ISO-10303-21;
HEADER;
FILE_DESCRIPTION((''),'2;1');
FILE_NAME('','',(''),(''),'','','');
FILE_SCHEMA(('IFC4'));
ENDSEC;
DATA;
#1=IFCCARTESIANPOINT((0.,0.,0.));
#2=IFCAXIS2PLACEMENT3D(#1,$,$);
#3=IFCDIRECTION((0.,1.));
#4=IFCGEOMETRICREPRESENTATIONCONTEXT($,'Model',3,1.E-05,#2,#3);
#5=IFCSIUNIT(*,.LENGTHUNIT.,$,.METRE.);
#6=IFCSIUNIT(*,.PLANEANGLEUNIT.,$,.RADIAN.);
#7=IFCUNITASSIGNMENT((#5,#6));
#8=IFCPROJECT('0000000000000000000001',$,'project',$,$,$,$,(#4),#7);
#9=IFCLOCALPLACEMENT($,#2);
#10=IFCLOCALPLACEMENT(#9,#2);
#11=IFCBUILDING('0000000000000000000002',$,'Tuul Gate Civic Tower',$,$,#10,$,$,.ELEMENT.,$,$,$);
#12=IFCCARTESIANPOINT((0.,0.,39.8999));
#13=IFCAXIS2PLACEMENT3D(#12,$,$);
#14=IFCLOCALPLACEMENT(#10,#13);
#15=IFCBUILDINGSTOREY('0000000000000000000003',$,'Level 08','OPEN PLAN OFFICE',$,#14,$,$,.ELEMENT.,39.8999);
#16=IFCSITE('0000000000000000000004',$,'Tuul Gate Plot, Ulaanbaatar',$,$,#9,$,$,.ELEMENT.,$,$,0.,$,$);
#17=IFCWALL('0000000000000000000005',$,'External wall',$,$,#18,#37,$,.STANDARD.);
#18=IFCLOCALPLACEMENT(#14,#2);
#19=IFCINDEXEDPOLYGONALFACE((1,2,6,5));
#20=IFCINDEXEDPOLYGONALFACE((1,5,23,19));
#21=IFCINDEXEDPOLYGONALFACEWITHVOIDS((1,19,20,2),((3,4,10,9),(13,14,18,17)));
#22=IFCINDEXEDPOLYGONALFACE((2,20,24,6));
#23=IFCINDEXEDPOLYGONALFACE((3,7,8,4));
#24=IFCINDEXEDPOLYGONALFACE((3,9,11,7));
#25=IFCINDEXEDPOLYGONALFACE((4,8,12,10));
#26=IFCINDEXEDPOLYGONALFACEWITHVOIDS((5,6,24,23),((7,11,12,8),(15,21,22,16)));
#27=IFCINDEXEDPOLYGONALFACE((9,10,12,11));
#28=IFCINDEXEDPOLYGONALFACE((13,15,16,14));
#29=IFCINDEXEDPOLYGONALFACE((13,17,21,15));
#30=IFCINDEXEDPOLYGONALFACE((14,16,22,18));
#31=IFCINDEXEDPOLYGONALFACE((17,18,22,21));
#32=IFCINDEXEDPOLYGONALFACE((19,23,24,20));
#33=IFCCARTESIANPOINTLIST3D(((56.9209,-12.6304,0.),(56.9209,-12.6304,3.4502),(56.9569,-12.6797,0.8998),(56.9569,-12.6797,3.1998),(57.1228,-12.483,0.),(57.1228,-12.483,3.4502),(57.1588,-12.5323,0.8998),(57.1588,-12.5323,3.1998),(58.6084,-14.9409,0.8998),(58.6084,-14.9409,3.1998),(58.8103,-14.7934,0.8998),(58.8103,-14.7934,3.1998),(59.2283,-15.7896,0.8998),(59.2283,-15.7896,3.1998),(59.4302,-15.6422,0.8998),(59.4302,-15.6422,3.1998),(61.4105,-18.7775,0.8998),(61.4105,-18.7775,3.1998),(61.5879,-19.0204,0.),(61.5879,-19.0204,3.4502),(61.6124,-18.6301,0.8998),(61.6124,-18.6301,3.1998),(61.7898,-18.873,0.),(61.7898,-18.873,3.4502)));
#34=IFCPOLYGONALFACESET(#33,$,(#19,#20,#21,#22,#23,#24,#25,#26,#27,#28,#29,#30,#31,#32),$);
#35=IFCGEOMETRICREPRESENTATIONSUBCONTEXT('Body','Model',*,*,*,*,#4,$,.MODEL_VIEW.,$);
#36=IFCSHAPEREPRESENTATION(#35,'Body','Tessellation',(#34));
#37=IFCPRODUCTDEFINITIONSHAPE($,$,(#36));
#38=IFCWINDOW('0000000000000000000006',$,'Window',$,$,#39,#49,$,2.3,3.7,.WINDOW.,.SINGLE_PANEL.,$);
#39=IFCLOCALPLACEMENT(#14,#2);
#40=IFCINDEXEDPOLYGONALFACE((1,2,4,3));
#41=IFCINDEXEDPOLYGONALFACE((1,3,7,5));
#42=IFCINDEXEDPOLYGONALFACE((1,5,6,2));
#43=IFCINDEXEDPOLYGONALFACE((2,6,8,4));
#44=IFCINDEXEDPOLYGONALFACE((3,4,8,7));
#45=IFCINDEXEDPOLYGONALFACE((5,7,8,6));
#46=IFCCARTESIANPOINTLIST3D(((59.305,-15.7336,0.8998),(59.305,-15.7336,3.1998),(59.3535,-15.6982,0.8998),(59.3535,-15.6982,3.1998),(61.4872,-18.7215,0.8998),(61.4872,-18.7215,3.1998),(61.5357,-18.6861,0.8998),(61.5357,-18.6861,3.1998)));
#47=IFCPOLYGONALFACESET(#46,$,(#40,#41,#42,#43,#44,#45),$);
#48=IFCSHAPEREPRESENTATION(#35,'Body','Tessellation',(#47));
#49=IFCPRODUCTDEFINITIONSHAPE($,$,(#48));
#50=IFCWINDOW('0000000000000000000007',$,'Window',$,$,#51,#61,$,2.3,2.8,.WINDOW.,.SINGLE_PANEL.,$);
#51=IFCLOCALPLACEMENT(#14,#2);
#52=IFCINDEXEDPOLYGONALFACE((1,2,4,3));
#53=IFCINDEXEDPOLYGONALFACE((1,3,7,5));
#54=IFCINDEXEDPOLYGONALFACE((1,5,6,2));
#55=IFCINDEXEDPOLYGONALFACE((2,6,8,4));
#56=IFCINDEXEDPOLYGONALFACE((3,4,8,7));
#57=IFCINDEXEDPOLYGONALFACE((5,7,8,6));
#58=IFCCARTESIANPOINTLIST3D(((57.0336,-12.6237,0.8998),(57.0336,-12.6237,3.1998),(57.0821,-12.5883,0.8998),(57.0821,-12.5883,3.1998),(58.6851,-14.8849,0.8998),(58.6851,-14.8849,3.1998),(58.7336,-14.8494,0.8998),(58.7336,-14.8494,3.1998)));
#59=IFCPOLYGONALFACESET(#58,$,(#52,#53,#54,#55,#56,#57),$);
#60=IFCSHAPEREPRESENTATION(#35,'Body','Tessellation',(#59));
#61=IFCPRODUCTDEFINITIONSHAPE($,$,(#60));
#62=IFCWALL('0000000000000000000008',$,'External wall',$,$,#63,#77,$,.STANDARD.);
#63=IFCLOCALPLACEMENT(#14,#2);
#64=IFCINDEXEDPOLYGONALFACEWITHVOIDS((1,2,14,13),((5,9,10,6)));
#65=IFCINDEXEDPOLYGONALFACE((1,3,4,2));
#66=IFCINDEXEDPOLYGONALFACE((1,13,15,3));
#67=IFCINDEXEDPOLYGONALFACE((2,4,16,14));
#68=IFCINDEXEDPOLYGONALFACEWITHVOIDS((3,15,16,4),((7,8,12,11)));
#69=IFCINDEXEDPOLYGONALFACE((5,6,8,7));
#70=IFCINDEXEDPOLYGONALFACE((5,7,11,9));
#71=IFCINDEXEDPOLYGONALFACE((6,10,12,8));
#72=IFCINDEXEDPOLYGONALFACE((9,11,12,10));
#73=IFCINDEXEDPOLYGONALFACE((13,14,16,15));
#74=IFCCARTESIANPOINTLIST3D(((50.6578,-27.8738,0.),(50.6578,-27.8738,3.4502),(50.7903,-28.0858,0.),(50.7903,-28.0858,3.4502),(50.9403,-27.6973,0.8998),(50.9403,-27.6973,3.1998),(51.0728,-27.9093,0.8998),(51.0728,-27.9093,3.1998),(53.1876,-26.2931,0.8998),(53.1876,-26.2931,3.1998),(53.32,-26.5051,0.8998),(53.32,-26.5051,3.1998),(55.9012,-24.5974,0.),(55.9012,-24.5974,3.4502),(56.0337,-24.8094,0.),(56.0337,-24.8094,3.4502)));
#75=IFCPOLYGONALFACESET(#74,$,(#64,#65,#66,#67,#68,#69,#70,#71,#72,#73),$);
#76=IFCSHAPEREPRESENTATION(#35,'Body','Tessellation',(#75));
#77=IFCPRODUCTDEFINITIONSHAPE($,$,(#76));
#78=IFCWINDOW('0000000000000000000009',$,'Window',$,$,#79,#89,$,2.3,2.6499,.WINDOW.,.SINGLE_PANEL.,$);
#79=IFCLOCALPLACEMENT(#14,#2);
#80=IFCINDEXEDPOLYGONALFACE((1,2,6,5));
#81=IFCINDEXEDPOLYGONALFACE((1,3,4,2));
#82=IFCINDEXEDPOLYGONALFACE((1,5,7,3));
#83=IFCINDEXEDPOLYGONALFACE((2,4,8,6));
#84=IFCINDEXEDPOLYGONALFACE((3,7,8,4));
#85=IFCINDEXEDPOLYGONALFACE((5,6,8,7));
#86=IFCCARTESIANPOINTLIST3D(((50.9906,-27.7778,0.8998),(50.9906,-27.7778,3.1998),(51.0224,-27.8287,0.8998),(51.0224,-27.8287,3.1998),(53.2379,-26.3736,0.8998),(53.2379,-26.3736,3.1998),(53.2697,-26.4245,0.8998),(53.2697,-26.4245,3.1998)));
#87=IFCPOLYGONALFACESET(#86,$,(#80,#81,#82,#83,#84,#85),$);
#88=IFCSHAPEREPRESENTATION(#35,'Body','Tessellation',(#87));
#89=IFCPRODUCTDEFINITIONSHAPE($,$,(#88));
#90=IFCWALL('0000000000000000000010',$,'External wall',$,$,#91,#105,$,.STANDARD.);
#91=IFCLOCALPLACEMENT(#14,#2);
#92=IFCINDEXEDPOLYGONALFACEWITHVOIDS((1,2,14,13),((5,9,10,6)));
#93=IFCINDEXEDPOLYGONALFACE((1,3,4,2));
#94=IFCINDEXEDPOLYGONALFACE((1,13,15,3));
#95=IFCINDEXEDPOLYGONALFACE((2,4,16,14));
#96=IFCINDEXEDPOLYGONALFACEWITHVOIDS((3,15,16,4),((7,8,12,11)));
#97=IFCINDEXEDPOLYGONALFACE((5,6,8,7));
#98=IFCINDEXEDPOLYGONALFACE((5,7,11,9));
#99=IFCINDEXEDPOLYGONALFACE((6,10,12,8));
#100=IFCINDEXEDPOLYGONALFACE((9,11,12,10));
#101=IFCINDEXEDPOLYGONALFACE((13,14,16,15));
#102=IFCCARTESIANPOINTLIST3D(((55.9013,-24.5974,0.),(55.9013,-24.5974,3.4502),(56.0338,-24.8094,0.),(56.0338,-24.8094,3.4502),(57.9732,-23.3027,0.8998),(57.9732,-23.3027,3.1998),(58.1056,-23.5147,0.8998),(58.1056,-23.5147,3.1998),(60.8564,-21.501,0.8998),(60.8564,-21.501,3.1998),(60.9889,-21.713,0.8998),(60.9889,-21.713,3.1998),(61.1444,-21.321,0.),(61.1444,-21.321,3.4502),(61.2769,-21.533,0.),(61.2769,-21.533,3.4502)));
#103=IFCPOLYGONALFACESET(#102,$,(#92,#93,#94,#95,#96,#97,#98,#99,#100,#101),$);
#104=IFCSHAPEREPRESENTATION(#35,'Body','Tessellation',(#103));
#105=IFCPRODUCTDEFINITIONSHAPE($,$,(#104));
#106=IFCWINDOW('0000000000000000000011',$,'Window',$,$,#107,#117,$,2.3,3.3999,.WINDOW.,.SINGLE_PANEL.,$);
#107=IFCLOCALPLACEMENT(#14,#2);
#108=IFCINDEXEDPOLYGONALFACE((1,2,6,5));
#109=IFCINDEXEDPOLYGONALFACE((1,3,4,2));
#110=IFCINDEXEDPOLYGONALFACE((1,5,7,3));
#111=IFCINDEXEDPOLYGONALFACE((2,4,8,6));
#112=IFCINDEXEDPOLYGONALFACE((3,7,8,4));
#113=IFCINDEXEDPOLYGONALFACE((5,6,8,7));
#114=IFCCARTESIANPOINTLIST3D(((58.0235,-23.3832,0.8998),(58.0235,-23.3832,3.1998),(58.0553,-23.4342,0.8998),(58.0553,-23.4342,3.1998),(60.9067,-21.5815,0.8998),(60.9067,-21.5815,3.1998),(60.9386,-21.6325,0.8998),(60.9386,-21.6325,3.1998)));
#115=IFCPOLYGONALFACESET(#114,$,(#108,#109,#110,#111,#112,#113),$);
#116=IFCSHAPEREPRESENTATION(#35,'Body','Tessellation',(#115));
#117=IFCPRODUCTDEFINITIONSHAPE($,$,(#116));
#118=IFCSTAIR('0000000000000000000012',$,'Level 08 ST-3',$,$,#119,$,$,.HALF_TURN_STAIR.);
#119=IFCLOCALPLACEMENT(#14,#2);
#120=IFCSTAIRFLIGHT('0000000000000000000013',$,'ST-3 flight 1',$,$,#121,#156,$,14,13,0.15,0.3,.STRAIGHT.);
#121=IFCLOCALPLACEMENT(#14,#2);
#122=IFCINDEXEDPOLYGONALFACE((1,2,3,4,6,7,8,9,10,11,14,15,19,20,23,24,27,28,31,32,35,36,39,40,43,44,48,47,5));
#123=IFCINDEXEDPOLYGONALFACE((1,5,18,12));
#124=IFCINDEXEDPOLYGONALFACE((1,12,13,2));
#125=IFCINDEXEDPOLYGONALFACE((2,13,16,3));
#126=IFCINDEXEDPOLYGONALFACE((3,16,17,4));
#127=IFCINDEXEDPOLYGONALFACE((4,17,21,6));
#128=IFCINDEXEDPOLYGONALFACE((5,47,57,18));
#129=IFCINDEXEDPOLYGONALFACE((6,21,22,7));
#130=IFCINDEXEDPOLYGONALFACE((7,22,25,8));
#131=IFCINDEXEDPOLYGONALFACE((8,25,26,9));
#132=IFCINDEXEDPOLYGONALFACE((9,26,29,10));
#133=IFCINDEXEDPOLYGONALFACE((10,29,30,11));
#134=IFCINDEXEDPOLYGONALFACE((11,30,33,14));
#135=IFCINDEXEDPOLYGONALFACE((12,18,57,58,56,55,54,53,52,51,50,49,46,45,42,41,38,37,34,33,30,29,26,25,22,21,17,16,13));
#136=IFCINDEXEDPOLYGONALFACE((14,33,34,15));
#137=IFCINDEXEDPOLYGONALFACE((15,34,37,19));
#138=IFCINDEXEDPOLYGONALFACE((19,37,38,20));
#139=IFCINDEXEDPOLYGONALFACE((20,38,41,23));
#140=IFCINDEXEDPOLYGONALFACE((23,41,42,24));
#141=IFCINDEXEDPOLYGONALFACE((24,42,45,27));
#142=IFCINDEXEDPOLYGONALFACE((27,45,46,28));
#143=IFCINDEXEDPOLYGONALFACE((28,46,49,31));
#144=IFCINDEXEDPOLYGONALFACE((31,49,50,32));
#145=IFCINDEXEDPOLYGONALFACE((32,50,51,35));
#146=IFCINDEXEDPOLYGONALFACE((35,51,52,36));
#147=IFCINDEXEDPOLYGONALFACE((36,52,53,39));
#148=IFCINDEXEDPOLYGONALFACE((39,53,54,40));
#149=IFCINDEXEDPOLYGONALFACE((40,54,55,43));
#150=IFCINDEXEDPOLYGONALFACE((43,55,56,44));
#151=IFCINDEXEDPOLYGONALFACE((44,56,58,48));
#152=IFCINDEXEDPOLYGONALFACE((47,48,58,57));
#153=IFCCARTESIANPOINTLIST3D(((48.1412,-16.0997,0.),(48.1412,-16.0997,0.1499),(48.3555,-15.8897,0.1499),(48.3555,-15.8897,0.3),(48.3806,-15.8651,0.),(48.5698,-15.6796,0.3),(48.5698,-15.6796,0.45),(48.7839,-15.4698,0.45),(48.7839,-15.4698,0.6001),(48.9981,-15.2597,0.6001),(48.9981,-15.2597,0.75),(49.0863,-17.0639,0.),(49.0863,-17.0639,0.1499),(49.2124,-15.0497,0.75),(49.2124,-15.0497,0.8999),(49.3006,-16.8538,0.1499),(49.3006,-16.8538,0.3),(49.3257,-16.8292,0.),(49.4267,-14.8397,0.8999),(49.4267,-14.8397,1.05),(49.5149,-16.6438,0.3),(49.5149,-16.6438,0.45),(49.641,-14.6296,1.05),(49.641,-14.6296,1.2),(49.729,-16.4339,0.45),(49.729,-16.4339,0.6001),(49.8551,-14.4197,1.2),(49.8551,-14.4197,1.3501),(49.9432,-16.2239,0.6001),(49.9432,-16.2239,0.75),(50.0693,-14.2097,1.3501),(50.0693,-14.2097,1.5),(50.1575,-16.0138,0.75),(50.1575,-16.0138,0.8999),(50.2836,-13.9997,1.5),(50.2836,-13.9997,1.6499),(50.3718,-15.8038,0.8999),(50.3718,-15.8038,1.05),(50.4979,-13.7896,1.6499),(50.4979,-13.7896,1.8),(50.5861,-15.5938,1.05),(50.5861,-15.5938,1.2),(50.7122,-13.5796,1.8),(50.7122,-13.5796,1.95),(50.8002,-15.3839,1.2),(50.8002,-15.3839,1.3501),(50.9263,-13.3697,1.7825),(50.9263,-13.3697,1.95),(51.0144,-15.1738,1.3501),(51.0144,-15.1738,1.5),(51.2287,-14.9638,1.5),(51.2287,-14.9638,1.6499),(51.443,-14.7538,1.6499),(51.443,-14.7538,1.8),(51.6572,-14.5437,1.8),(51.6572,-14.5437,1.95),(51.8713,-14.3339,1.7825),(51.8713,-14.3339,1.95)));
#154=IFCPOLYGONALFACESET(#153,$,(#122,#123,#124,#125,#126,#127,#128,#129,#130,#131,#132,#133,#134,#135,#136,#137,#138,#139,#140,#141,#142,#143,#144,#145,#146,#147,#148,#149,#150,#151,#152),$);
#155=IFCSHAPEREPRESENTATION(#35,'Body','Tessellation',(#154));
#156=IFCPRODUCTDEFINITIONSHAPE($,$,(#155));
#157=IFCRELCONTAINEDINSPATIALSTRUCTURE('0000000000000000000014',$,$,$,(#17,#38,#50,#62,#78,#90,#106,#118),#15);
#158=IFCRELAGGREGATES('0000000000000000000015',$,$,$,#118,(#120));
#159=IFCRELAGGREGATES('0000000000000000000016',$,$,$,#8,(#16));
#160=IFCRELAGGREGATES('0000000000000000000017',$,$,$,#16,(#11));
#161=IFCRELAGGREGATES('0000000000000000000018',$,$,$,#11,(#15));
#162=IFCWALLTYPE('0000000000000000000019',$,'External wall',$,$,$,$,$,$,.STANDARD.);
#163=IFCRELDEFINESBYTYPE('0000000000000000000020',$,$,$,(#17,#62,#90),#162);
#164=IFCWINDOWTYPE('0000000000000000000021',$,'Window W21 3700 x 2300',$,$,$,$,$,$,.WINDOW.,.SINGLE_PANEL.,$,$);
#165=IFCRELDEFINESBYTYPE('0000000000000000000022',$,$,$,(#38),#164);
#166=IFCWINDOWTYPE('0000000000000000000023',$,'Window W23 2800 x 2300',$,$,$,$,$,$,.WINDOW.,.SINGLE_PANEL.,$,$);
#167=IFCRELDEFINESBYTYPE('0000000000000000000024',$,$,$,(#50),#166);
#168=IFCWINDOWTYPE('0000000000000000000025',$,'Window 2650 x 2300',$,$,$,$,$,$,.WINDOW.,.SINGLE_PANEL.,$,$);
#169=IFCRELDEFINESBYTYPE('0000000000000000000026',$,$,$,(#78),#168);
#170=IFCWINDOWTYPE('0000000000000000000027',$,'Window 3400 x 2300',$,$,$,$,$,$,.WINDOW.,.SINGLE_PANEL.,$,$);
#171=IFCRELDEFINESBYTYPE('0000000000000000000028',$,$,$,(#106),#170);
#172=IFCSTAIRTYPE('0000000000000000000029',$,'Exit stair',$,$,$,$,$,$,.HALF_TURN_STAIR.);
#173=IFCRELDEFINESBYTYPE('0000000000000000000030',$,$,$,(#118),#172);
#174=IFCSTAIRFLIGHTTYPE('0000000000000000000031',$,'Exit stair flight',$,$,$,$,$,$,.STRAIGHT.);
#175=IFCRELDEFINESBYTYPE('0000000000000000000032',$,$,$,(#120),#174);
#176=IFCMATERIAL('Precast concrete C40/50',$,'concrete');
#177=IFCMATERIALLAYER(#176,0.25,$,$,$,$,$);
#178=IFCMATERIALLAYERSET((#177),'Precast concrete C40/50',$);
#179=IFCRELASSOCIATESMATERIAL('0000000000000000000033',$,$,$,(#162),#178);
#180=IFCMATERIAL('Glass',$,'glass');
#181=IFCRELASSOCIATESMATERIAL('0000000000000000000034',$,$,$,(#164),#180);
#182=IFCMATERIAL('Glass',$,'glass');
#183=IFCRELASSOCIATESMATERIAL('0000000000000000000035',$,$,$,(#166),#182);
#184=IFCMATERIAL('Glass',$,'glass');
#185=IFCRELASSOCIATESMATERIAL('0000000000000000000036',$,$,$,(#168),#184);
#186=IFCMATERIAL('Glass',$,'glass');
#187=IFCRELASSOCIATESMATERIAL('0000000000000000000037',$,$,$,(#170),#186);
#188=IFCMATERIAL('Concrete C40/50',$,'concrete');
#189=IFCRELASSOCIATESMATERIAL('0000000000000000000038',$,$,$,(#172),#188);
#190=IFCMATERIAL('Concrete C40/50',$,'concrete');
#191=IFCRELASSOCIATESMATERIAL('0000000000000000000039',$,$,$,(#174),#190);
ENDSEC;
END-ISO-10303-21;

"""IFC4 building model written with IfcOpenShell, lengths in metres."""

from ifc_helpers import new_model, si_unit, direction, frame, frame_2d, origin, place, context, subcontext, project, spatial, polyline, rectangle, outline, extrude, material, layer, layer_set, type_object, element, fill, aggregate, save


model = new_model("IFC4")

# Units and contexts
model_context = context("Model", 3, precision=1e-05, world=origin(), true_north=direction((0.0, 1.0)))
body_context = subcontext(model_context, "Body", "Model", "MODEL_VIEW")
ifc_project = project(units=[si_unit("LENGTHUNIT", "METRE"), si_unit("PLANEANGLEUNIT", "RADIAN")], contexts=[model_context])

# Site, building, storey
site_placement = place(None, origin())
site = spatial("IfcSite", under=ifc_project, at=site_placement, Name="Tuul Gate Plot, Ulaanbaatar", CompositionType="ELEMENT", RefElevation=0.0)
building_placement = place(site_placement, origin())
building = spatial("IfcBuilding", under=site, at=building_placement, Name="Tuul Gate Civic Tower", CompositionType="ELEMENT")
storey_placement = place(building_placement, frame((0.0, 0.0, 39.8999)))
storey = spatial("IfcBuildingStorey", under=building, at=storey_placement, Name="Level 08", Description="OPEN PLAN OFFICE", CompositionType="ELEMENT", Elevation=39.8999)

# Shared definitions
ifc_material_1 = material(Name="Precast concrete C40/50", Category="concrete")
ifc_layer_1 = layer(ifc_material_1, 0.25)
ifc_layer_set_1 = layer_set([ifc_layer_1], Name="Precast concrete C40/50")
wall_type_1 = type_object("IfcWallType", Name="External wall", PredefinedType="STANDARD", material=ifc_layer_set_1)

# Wall, openings, windows
wall_1_placement = place(storey_placement, frame((61.689, -18.9468, 0.0), z_axis=(0.0, 0.0, 1.0), x_axis=(-0.589807, 0.807544, 0.0)))
wall_1 = element("IfcWall", 1, at=wall_1_placement, inside=storey, type_object=wall_type_1, Name="External wall", PredefinedType="STANDARD", context=body_context, shape_type="SweptSolid", body=[
    extrude(rectangle(XDim=7.9128, YDim=0.25, at=frame_2d((3.9565, 0.0))), origin(), (0.0, 0.0, 1.0), 3.4502),
])
opening_1_placement = place(wall_1_placement, frame((0.3008, 0.0, 0.8999)))
opening_1 = element("IfcOpeningElement", 2, at=opening_1_placement, cuts=wall_1, PredefinedType="OPENING", context=body_context, shape_type="SweptSolid", body=[
    extrude(rectangle(XDim=3.7, YDim=2.3, at=frame_2d((1.8501, 1.1499))), frame((0.0, 0.135, 0.0), z_axis=(0.0, -1.0, 0.0), x_axis=(1.0, 0.0, 0.0)), (0.0, 0.0, 1.0), 0.27),
])
opening_2_placement = place(wall_1_placement, frame((5.052, 0.0, 0.8999)))
opening_2 = element("IfcOpeningElement", 3, at=opening_2_placement, cuts=wall_1, PredefinedType="OPENING", context=body_context, shape_type="SweptSolid", body=[
    extrude(rectangle(XDim=2.8, YDim=2.3, at=frame_2d((1.3999, 1.1499))), frame((0.0, 0.135, 0.0), z_axis=(0.0, -1.0, 0.0), x_axis=(1.0, 0.0, 0.0)), (0.0, 0.0, 1.0), 0.27),
])
ifc_material_2 = material(Name="Glass", Category="glass")
window_type_1 = type_object("IfcWindowType", Name="Window W21 3700 x 2300", PartitioningType="SINGLE_PANEL", PredefinedType="WINDOW", material=ifc_material_2)
window_1_placement = place(opening_1_placement, origin())
window_1 = element("IfcWindow", 4, at=window_1_placement, inside=storey, type_object=window_type_1, Name="Window", OverallHeight=2.3, OverallWidth=3.7, PartitioningType="SINGLE_PANEL", PredefinedType="WINDOW", context=body_context, shape_type="SweptSolid", body=[
    extrude(rectangle(XDim=3.7, YDim=2.3, at=frame_2d((1.8501, 1.1499))), frame((0.0, 0.03, 0.0), z_axis=(0.0, -1.0, 0.0), x_axis=(1.0, 0.0, 0.0)), (0.0, 0.0, 1.0), 0.0601),
])
fill(opening_1, window_1)
ifc_material_3 = material(Name="Glass", Category="glass")
window_type_2 = type_object("IfcWindowType", Name="Window W23 2800 x 2300", PartitioningType="SINGLE_PANEL", PredefinedType="WINDOW", material=ifc_material_3)
window_2_placement = place(opening_2_placement, origin())
window_2 = element("IfcWindow", 5, at=window_2_placement, inside=storey, type_object=window_type_2, Name="Window", OverallHeight=2.3, OverallWidth=2.8, PartitioningType="SINGLE_PANEL", PredefinedType="WINDOW", context=body_context, shape_type="SweptSolid", body=[
    extrude(rectangle(XDim=2.8, YDim=2.3, at=frame_2d((1.3999, 1.1499))), frame((0.0, 0.03, 0.0), z_axis=(0.0, -1.0, 0.0), x_axis=(1.0, 0.0, 0.0)), (0.0, 0.0, 1.0), 0.0601),
])
fill(opening_2, window_2)

# Walls, openings, windows
wall_2_placement = place(storey_placement, frame((50.7241, -27.9797, 0.0), z_axis=(0.0, 0.0, 1.0), x_axis=(0.848054, 0.52991, 0.0)))
wall_2 = element("IfcWall", 6, at=wall_2_placement, inside=storey, type_object=wall_type_1, Name="External wall", PredefinedType="STANDARD", context=body_context, shape_type="SweptSolid", body=[
    extrude(rectangle(XDim=6.1829, YDim=0.25, at=frame_2d((3.0913, 0.0))), origin(), (0.0, 0.0, 1.0), 3.4502),
])
opening_3_placement = place(wall_2_placement, frame((0.333, 0.0, 0.8999)))
opening_3 = element("IfcOpeningElement", 7, at=opening_3_placement, cuts=wall_2, PredefinedType="OPENING", context=body_context, shape_type="SweptSolid", body=[
    extrude(rectangle(XDim=2.6499, YDim=2.3, at=frame_2d((1.325, 1.1499))), frame((0.0, 0.135, 0.0), z_axis=(0.0, -1.0, 0.0), x_axis=(1.0, 0.0, 0.0)), (0.0, 0.0, 1.0), 0.27),
])
ifc_material_4 = material(Name="Glass", Category="glass")
window_type_3 = type_object("IfcWindowType", Name="Window 2650 x 2300", PartitioningType="SINGLE_PANEL", PredefinedType="WINDOW", material=ifc_material_4)
window_3_placement = place(opening_3_placement, origin())
window_3 = element("IfcWindow", 8, at=window_3_placement, inside=storey, type_object=window_type_3, Name="Window", OverallHeight=2.3, OverallWidth=2.6499, PartitioningType="SINGLE_PANEL", PredefinedType="WINDOW", context=body_context, shape_type="SweptSolid", body=[
    extrude(rectangle(XDim=2.6499, YDim=2.3, at=frame_2d((1.325, 1.1499))), frame((0.0, 0.03, 0.0), z_axis=(0.0, -1.0, 0.0), x_axis=(1.0, 0.0, 0.0)), (0.0, 0.0, 1.0), 0.0601),
])
fill(opening_3, window_3)
wall_3_placement = place(storey_placement, frame((55.9675, -24.7034, 0.0), z_axis=(0.0, 0.0, 1.0), x_axis=(0.848043, 0.529928, 0.0)))
wall_3 = element("IfcWall", 9, at=wall_3_placement, inside=storey, type_object=wall_type_1, Name="External wall", PredefinedType="STANDARD", context=body_context, shape_type="SweptSolid", body=[
    extrude(rectangle(XDim=6.1826, YDim=0.25, at=frame_2d((3.0913, 0.0))), origin(), (0.0, 0.0, 1.0), 3.4502),
])
opening_4_placement = place(wall_3_placement, frame((2.4431, 0.0, 0.8999)))
opening_4 = element("IfcOpeningElement", 10, at=opening_4_placement, cuts=wall_3, PredefinedType="OPENING", context=body_context, shape_type="SweptSolid", body=[
    extrude(rectangle(XDim=3.3999, YDim=2.3, at=frame_2d((1.7, 1.1499))), frame((0.0, 0.135, 0.0), z_axis=(0.0, -1.0, 0.0), x_axis=(1.0, 0.0, 0.0)), (0.0, 0.0, 1.0), 0.27),
])
ifc_material_5 = material(Name="Glass", Category="glass")
window_type_4 = type_object("IfcWindowType", Name="Window 3400 x 2300", PartitioningType="SINGLE_PANEL", PredefinedType="WINDOW", material=ifc_material_5)
window_4_placement = place(opening_4_placement, origin())
window_4 = element("IfcWindow", 11, at=window_4_placement, inside=storey, type_object=window_type_4, Name="Window", OverallHeight=2.3, OverallWidth=3.3999, PartitioningType="SINGLE_PANEL", PredefinedType="WINDOW", context=body_context, shape_type="SweptSolid", body=[
    extrude(rectangle(XDim=3.3999, YDim=2.3, at=frame_2d((1.7, 1.1499))), frame((0.0, 0.03, 0.0), z_axis=(0.0, -1.0, 0.0), x_axis=(1.0, 0.0, 0.0)), (0.0, 0.0, 1.0), 0.0601),
])
fill(opening_4, window_4)

# Stair, stair flight
ifc_material_6 = material(Name="Concrete C40/50", Category="concrete")
stair_type = type_object("IfcStairType", Name="Exit stair", PredefinedType="HALF_TURN_STAIR", material=ifc_material_6)
stair_placement = place(storey_placement, origin())
stair = element("IfcStair", 12, at=stair_placement, inside=storey, type_object=stair_type, Name="Level 08 ST-3", PredefinedType="HALF_TURN_STAIR")
ifc_material_7 = material(Name="Concrete C40/50", Category="concrete")
stair_flight_type = type_object("IfcStairFlightType", Name="Exit stair flight", PredefinedType="STRAIGHT", material=ifc_material_7)
stair_flight_1_placement = place(storey_placement, frame((48.6138, -16.5818, 0.0), z_axis=(0.0, 0.0, 1.0), x_axis=(0.714127, 0.700016, 0.0)))
stair_flight_1 = element("IfcStairFlight", 13, at=stair_flight_1_placement, type_object=stair_flight_type, Name="ST-3 flight 1", NumberOfRisers=14, NumberOfTreads=13, PredefinedType="STRAIGHT", RiserHeight=0.15, TreadLength=0.3, context=body_context, shape_type="SweptSolid", body=[
    extrude(outline(polyline([(0.0, 0.0), (0.0, 0.1499), (0.3, 0.1499), (0.3, 0.3), (0.6001, 0.3), (0.6001, 0.45), (0.8999, 0.45), (0.8999, 0.6001), (1.2, 0.6001), (1.2, 0.75), (1.5, 0.75), (1.5, 0.8999), (1.8, 0.8999), (1.8, 1.05), (2.1001, 1.05), (2.1001, 1.2), (2.3999, 1.2), (2.3999, 1.3501), (2.7, 1.3501), (2.7, 1.5), (3.0, 1.5), (3.0, 1.6499), (3.3, 1.6499), (3.3, 1.8), (3.6001, 1.8), (3.6001, 1.95), (3.8999, 1.95), (3.8999, 2.1001), (3.8999, 1.7825), (0.3352, 0.0), (0.0, 0.0)])), frame((0.0, 0.675, 0.0), z_axis=(0.0, -1.0, 0.0), x_axis=(1.0, 0.0, 0.0)), (0.0, 0.0, 1.0), 1.3501),
])
aggregate(stair, [stair_flight_1])

save(model, "model.ifc")
